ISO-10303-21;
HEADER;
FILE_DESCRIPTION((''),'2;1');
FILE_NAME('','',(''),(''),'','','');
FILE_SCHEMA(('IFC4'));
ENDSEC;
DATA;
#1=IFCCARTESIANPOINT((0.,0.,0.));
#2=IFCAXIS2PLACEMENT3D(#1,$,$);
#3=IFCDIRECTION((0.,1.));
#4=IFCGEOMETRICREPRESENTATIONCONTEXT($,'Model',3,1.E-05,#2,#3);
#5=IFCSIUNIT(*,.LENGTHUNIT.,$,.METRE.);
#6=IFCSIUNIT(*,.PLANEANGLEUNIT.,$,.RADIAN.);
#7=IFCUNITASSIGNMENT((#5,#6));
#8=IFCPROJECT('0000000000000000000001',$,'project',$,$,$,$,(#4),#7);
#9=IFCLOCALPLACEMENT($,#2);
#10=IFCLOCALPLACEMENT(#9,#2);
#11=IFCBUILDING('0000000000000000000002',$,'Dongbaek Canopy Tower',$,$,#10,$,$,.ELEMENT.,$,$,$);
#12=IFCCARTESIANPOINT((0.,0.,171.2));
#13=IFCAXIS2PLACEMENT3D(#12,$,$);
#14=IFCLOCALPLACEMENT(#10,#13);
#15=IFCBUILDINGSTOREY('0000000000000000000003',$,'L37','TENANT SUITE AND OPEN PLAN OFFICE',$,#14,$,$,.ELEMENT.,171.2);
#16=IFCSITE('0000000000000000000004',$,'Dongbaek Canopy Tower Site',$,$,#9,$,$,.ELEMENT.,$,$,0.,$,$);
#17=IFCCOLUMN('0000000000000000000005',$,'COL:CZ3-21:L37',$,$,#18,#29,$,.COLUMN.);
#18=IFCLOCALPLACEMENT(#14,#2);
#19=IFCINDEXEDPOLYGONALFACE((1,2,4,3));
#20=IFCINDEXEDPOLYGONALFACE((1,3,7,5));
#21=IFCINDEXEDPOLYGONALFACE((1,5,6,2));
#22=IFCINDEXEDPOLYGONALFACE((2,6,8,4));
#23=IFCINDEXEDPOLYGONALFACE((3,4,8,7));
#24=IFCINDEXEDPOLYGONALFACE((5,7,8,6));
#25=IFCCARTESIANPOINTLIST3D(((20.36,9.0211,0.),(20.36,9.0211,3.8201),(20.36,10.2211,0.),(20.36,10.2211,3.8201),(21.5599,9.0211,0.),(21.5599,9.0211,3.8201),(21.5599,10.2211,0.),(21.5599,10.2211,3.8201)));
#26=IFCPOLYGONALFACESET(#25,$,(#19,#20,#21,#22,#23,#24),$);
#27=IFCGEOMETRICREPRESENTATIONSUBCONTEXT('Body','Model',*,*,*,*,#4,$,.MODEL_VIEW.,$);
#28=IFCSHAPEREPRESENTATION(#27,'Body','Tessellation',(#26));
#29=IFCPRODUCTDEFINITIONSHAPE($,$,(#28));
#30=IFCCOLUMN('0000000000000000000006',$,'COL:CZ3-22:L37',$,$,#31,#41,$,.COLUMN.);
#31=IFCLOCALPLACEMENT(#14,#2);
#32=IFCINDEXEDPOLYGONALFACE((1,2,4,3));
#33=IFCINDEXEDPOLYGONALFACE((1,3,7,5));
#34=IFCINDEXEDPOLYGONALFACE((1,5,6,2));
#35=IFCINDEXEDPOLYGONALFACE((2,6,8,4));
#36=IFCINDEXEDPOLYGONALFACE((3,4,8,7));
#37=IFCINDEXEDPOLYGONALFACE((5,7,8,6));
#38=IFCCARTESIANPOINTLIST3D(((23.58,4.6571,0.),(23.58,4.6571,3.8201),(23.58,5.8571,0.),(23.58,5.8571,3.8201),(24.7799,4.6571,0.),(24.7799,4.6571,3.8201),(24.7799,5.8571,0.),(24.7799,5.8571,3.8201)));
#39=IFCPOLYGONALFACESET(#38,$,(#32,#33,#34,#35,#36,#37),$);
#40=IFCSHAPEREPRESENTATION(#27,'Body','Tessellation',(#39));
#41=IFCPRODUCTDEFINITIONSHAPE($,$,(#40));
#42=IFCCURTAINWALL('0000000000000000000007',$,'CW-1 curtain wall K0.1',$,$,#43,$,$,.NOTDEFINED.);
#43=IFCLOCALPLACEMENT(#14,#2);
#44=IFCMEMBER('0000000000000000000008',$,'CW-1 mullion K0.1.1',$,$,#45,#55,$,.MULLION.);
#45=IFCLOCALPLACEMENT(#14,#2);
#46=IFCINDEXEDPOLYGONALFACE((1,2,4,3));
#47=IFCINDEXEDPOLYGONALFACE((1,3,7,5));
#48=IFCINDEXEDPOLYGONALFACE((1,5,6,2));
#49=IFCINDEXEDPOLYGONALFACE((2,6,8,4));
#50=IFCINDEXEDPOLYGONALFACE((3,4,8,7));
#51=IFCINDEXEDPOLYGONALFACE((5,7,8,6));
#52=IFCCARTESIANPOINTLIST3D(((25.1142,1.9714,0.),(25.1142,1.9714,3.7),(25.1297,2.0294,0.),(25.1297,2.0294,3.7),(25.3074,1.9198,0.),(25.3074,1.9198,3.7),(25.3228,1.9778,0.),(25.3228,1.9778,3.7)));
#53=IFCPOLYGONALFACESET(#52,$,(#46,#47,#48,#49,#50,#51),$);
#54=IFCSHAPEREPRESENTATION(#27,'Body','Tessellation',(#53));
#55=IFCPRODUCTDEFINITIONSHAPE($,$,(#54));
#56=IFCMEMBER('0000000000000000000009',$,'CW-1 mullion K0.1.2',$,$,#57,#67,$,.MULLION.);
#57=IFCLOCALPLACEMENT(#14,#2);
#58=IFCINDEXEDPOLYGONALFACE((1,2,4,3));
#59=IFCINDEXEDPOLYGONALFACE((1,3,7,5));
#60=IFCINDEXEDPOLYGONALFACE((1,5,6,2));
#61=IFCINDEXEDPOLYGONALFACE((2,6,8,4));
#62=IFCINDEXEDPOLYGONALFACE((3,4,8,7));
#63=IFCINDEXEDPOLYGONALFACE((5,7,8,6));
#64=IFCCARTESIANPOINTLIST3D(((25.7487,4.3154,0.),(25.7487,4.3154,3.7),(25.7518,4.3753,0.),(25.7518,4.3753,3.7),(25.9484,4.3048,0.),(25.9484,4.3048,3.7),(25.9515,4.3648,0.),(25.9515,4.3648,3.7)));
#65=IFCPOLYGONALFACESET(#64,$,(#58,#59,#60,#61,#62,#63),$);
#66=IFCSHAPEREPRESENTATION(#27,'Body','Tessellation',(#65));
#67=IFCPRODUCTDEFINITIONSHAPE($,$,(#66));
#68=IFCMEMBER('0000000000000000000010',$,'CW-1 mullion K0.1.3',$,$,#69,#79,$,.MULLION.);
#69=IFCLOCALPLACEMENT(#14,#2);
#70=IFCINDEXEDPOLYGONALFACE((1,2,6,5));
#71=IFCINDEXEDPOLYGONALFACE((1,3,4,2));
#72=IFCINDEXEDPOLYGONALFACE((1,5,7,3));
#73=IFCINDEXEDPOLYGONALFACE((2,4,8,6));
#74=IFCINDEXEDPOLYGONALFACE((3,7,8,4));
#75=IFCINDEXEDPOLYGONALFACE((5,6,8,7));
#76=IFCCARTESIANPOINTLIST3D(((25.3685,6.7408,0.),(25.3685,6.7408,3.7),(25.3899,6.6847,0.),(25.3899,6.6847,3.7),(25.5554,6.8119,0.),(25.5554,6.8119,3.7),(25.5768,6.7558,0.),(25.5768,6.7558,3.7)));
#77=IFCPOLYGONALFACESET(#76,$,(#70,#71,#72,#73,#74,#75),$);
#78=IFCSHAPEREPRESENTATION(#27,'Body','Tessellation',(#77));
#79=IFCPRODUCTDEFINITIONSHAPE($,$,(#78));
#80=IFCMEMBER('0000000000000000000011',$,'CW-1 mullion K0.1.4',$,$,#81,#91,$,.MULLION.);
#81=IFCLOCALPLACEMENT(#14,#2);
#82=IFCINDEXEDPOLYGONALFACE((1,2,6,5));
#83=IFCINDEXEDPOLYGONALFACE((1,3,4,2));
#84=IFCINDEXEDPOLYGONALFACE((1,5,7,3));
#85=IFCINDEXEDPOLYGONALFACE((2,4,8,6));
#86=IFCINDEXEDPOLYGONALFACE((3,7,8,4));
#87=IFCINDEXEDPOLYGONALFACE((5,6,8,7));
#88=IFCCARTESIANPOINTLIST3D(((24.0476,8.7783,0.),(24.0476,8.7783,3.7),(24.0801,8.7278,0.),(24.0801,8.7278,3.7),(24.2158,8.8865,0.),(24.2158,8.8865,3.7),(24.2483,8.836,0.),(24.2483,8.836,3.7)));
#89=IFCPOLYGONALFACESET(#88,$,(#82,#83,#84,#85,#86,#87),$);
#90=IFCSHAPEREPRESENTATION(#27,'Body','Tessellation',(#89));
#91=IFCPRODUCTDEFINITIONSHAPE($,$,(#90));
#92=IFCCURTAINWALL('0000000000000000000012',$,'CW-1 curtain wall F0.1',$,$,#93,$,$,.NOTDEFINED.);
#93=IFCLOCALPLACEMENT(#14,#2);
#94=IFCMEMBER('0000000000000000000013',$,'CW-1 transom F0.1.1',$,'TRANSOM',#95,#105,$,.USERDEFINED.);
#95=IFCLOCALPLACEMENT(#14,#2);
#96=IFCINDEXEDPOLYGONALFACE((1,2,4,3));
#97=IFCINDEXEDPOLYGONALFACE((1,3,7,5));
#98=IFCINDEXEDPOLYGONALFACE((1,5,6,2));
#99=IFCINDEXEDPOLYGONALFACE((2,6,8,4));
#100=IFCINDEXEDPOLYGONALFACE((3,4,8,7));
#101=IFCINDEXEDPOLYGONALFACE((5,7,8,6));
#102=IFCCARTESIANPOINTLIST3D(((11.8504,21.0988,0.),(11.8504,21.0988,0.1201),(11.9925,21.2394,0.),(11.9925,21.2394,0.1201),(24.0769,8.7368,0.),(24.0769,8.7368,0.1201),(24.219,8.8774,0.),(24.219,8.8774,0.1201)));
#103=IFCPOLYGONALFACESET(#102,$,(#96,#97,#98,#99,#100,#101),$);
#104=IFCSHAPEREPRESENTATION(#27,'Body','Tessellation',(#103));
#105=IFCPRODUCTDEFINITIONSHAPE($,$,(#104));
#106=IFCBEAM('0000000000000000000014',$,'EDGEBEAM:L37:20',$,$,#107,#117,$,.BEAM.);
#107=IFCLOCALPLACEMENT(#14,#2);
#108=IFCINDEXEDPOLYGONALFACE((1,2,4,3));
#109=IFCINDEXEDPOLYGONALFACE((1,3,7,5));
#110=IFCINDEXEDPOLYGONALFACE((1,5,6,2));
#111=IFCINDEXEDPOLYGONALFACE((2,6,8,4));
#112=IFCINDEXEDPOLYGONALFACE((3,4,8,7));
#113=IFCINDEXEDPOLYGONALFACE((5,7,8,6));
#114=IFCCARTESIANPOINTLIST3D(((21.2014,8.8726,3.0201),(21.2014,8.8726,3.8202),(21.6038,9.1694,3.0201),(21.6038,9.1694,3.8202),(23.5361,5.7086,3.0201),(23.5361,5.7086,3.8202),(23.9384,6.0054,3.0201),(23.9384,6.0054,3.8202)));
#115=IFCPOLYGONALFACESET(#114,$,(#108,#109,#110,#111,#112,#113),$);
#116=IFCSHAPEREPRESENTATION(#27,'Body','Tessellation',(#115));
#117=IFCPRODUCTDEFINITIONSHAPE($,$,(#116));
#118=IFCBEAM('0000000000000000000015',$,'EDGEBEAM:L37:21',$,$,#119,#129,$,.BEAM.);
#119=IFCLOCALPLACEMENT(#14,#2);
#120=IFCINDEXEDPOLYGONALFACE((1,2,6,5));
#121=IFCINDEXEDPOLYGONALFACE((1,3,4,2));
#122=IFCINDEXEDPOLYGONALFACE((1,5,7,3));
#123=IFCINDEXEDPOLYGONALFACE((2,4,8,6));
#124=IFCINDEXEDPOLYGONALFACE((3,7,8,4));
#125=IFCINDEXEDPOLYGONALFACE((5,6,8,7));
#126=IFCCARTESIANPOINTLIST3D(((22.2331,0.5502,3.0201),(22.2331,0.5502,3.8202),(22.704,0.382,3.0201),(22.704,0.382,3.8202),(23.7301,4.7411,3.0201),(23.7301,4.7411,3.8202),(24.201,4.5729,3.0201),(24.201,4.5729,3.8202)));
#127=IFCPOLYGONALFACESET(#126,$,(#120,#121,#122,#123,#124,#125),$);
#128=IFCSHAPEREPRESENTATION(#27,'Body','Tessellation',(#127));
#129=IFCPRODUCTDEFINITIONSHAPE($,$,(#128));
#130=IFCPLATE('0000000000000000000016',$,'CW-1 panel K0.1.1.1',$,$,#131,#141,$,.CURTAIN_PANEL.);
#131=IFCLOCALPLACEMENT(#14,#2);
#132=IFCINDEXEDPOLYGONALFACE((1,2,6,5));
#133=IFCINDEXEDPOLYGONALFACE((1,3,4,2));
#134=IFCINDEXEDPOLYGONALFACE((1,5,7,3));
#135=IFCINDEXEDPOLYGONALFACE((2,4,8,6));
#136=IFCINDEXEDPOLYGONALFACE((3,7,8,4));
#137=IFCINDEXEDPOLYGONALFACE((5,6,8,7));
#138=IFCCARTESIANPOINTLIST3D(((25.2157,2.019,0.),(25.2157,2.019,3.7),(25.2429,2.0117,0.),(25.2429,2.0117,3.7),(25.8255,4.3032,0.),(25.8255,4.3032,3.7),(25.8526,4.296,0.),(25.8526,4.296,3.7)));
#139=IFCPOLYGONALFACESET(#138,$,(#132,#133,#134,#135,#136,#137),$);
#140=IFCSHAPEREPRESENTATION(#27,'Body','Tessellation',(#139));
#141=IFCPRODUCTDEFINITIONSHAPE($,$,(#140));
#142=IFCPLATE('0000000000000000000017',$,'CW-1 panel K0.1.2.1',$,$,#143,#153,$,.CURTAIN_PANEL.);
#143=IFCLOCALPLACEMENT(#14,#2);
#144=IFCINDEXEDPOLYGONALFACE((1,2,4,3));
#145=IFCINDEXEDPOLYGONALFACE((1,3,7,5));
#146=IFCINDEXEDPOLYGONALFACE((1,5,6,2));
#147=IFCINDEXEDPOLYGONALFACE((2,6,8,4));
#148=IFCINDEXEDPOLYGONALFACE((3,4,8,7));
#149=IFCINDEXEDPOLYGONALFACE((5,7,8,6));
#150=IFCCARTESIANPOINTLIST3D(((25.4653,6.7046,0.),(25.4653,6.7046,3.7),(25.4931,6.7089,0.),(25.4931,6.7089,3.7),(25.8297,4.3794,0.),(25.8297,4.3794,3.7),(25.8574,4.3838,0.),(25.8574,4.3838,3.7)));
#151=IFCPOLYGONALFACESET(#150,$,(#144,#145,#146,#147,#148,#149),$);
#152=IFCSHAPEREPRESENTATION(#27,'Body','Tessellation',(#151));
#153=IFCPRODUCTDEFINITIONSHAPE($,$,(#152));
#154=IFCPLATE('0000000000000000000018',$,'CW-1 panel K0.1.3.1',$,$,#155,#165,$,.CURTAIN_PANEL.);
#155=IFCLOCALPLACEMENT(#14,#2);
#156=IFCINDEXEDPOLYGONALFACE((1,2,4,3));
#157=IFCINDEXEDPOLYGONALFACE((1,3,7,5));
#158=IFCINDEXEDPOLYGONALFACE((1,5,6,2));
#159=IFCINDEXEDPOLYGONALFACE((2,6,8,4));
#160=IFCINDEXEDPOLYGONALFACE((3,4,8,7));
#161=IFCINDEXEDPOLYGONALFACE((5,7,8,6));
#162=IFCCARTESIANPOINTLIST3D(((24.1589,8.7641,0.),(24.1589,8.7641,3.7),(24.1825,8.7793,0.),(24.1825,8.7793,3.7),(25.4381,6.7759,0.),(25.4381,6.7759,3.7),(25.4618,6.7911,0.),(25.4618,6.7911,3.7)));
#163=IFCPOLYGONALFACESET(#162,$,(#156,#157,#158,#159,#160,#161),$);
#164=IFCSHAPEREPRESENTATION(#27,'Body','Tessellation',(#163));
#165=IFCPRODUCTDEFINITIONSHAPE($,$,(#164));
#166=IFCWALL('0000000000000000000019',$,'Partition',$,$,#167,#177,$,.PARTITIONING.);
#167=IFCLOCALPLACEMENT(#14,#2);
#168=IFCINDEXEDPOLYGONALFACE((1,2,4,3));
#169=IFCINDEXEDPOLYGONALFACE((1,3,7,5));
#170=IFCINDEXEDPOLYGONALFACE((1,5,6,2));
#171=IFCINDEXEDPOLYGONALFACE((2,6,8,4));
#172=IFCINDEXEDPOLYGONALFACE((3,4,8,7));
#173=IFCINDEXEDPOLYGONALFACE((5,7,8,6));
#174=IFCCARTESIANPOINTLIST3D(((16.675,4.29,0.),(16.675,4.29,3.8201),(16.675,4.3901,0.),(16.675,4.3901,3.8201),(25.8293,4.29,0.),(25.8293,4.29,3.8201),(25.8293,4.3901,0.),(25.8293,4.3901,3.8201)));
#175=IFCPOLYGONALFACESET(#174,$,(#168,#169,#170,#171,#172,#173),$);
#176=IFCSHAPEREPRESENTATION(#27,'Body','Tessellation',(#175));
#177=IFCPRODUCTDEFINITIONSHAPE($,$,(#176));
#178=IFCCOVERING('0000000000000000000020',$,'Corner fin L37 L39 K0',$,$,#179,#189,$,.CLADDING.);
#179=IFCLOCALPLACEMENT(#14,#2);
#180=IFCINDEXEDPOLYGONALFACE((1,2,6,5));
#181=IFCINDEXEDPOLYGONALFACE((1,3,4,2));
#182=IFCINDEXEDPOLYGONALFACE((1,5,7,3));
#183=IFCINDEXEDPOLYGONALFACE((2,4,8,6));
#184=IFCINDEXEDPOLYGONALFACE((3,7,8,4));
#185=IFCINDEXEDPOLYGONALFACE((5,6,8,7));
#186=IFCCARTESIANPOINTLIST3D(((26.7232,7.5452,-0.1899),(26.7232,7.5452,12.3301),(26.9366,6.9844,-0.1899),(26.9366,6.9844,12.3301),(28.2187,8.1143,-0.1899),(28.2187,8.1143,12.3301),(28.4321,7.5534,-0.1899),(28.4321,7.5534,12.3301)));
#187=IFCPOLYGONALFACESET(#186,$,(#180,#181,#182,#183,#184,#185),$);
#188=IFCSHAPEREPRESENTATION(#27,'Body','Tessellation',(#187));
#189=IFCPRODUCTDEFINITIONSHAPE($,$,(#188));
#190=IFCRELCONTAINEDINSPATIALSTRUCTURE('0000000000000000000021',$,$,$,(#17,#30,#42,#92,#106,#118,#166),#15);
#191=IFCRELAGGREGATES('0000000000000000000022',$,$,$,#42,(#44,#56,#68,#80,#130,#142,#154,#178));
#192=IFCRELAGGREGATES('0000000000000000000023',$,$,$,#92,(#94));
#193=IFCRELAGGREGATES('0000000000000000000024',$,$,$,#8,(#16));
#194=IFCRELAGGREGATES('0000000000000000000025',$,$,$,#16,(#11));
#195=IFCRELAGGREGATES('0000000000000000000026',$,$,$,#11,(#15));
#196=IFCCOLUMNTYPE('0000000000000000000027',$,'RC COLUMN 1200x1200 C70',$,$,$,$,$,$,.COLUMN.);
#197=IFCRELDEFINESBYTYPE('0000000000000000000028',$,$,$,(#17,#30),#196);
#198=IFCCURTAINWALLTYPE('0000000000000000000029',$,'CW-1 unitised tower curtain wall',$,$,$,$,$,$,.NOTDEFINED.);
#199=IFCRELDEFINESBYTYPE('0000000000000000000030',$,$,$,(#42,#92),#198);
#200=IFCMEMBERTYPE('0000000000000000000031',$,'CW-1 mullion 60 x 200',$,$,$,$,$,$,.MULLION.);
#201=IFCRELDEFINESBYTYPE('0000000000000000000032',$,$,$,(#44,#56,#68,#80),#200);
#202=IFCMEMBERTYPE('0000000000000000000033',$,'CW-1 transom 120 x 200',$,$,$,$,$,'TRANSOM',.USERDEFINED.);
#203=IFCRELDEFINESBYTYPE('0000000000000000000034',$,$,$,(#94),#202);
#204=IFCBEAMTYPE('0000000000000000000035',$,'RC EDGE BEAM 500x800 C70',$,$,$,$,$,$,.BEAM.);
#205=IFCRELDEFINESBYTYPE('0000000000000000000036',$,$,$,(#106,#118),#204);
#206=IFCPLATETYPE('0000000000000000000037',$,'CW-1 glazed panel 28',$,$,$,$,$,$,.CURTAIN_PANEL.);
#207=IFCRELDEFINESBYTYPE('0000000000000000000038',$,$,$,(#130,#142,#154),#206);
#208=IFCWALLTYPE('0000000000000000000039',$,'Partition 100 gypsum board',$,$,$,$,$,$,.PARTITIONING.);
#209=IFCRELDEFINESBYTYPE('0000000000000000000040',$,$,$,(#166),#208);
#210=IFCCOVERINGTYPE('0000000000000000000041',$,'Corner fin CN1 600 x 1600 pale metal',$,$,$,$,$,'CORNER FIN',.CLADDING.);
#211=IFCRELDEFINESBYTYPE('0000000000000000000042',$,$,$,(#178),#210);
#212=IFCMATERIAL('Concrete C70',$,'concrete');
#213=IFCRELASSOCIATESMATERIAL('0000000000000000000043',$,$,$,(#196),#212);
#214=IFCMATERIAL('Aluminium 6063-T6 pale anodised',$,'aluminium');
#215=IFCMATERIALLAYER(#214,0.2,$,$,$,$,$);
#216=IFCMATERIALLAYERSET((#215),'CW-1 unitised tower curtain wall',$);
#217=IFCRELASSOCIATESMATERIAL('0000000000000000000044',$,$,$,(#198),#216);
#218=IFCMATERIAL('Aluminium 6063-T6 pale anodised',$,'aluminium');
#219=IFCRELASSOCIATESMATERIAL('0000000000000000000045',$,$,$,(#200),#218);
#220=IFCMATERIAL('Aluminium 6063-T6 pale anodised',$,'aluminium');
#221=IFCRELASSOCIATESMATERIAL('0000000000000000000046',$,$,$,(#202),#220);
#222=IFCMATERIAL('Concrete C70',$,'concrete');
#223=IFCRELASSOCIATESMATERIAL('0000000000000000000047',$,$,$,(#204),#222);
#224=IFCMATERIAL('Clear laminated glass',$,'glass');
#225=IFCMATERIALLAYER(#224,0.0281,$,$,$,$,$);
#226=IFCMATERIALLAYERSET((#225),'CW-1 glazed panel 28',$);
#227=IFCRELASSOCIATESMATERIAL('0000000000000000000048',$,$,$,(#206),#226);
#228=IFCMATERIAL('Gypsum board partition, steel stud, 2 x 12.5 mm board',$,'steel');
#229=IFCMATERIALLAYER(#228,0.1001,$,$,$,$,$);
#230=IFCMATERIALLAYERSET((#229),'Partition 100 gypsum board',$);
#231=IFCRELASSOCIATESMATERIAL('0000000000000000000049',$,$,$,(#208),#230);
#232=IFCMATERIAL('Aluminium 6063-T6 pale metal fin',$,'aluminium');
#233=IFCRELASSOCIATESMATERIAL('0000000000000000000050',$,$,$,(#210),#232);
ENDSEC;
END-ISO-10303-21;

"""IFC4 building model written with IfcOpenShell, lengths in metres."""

from ifc_helpers import new_model, si_unit, direction, frame, frame_2d, origin, origin_2d, place, context, subcontext, project, spatial, rectangle, extrude, material, layer, layer_set, material_profile, profile_set, type_object, element, aggregate, save


model = new_model("IFC4")

# Units and contexts
model_context = context("Model", 3, precision=1e-05, world=origin(), true_north=direction((0.0, 1.0)))
body_context = subcontext(model_context, "Body", "Model", "MODEL_VIEW")
ifc_project = project(units=[si_unit("LENGTHUNIT", "METRE"), si_unit("PLANEANGLEUNIT", "RADIAN")], contexts=[model_context])

# Site, building, storey
site_placement = place(None, origin())
site = spatial("IfcSite", under=ifc_project, at=site_placement, Name="Dongbaek Canopy Tower Site", CompositionType="ELEMENT", RefElevation=0.0)
building_placement = place(site_placement, origin())
building = spatial("IfcBuilding", under=site, at=building_placement, Name="Dongbaek Canopy Tower", CompositionType="ELEMENT")
storey_placement = place(building_placement, frame((0.0, 0.0, 171.2)))
storey = spatial("IfcBuildingStorey", under=building, at=storey_placement, Name="L37", Description="TENANT SUITE AND OPEN PLAN OFFICE", CompositionType="ELEMENT", Elevation=171.2)

# Columns
ifc_material_1 = material(Name="Concrete C70", Category="concrete")
ifc_material_profile_1 = material_profile(ifc_material_1, rectangle(XDim=1.2, YDim=1.2, at=origin_2d()), Name="RC COLUMN 1200x1200 C70")
ifc_profile_set_1 = profile_set([ifc_material_profile_1], Name="Concrete C70")
column_type = type_object("IfcColumnType", Name="RC COLUMN 1200x1200 C70", PredefinedType="COLUMN", material=ifc_profile_set_1)
for number, where, z_axis, x_axis, name in (
    (1, (20.96, 9.6211, 0.0), (0.0, 0.0, 1.0), (1.0, 0.0, 0.0), "COL:CZ3-21:L37"),
    (2, (24.1799, 5.2571, 0.0), (0.0, 0.0, 1.0), (1.0, 0.0, 0.0), "COL:CZ3-22:L37"),
):
    element("IfcColumn", number, at=place(storey_placement, frame(where, z_axis=z_axis, x_axis=x_axis)), inside=storey, type_object=column_type, Name=name, PredefinedType="COLUMN", context=body_context, shape_type="SweptSolid", body=[
        extrude(rectangle(XDim=1.2, YDim=1.2, at=origin_2d()), origin(), (0.0, 0.0, 1.0), 3.8201),
    ])

# Curtain wall, members
ifc_material_2 = material(Name="Aluminium 6063-T6 pale anodised", Category="aluminium")
ifc_layer_1 = layer(ifc_material_2, 0.2)
ifc_layer_set_1 = layer_set([ifc_layer_1], Name="CW-1 unitised tower curtain wall")
curtain_wall_type = type_object("IfcCurtainWallType", Name="CW-1 unitised tower curtain wall", PredefinedType="NOTDEFINED", material=ifc_layer_set_1)
curtain_wall_1_placement = place(storey_placement, origin())
curtain_wall_1 = element("IfcCurtainWall", 3, at=curtain_wall_1_placement, inside=storey, type_object=curtain_wall_type, Name="CW-1 curtain wall K0.1", PredefinedType="NOTDEFINED")
ifc_material_3 = material(Name="Aluminium 6063-T6 pale anodised", Category="aluminium")
ifc_material_profile_2 = material_profile(ifc_material_3, rectangle(XDim=0.2, YDim=0.0601, at=origin_2d()), Name="CW-1 mullion 60 x 200")
ifc_profile_set_2 = profile_set([ifc_material_profile_2], Name="Aluminium 6063-T6 pale anodised")
member_type_1 = type_object("IfcMemberType", Name="CW-1 mullion 60 x 200", PredefinedType="MULLION", material=ifc_profile_set_2)
member_1_placement = place(storey_placement, frame((25.2185, 1.9746, 0.0), z_axis=(0.0, 0.0, 1.0), x_axis=(0.966167, -0.257917, 0.0)))
member_1 = element("IfcMember", 4, at=member_1_placement, type_object=member_type_1, Name="CW-1 mullion K0.1.1", PredefinedType="MULLION", context=body_context, shape_type="SweptSolid", body=[
    extrude(rectangle(XDim=0.2, YDim=0.0601, at=origin_2d()), origin(), (0.0, 0.0, 1.0), 3.7),
])
member_2_placement = place(storey_placement, frame((25.8501, 4.3401, 0.0), z_axis=(0.0, 0.0, 1.0), x_axis=(0.998611, -0.05269, 0.0)))
member_2 = element("IfcMember", 5, at=member_2_placement, type_object=member_type_1, Name="CW-1 mullion K0.1.2", PredefinedType="MULLION", context=body_context, shape_type="SweptSolid", body=[
    extrude(rectangle(XDim=0.2, YDim=0.0601, at=origin_2d()), origin(), (0.0, 0.0, 1.0), 3.7),
])
member_3_placement = place(storey_placement, frame((25.4727, 6.7483, 0.0), z_axis=(0.0, 0.0, 1.0), x_axis=(0.934627, 0.355629, 0.0)))
member_3 = element("IfcMember", 6, at=member_3_placement, type_object=member_type_1, Name="CW-1 mullion K0.1.3", PredefinedType="MULLION", context=body_context, shape_type="SweptSolid", body=[
    extrude(rectangle(XDim=0.2, YDim=0.0601, at=origin_2d()), origin(), (0.0, 0.0, 1.0), 3.7),
])
member_4_placement = place(storey_placement, frame((24.1479, 8.8071, 0.0), z_axis=(0.0, 0.0, 1.0), x_axis=(0.840962, 0.541095, 0.0)))
member_4 = element("IfcMember", 7, at=member_4_placement, type_object=member_type_1, Name="CW-1 mullion K0.1.4", PredefinedType="MULLION", context=body_context, shape_type="SweptSolid", body=[
    extrude(rectangle(XDim=0.2, YDim=0.0601, at=origin_2d()), origin(), (0.0, 0.0, 1.0), 3.7),
])

# Curtain wall, member
curtain_wall_2_placement = place(storey_placement, origin())
curtain_wall_2 = element("IfcCurtainWall", 8, at=curtain_wall_2_placement, inside=storey, type_object=curtain_wall_type, Name="CW-1 curtain wall F0.1", PredefinedType="NOTDEFINED")
ifc_material_4 = material(Name="Aluminium 6063-T6 pale anodised", Category="aluminium")
ifc_material_profile_3 = material_profile(ifc_material_4, rectangle(XDim=0.2, YDim=0.1201, at=origin_2d()), Name="CW-1 transom 120 x 200")
ifc_profile_set_3 = profile_set([ifc_material_profile_3], Name="Aluminium 6063-T6 pale anodised")
member_type_2 = type_object("IfcMemberType", Name="CW-1 transom 120 x 200", ElementType="TRANSOM", PredefinedType="USERDEFINED", material=ifc_profile_set_3)
member_5_placement = place(storey_placement, frame((24.1479, 8.8071, 0.0601), z_axis=(-0.7032, 0.710993, 0.0), x_axis=(-0.710993, -0.7032, 0.0)))
member_5 = element("IfcMember", 9, at=member_5_placement, type_object=member_type_2, Name="CW-1 transom F0.1.1", ObjectType="TRANSOM", PredefinedType="USERDEFINED", context=body_context, shape_type="SweptSolid", body=[
    extrude(rectangle(XDim=0.2, YDim=0.1201, at=origin_2d()), origin(), (0.0, 0.0, 1.0), 17.387),
])

# Beams
ifc_material_5 = material(Name="Concrete C70", Category="concrete")
ifc_material_profile_4 = material_profile(ifc_material_5, rectangle(XDim=0.5, YDim=0.8, at=origin_2d()), Name="RC EDGE BEAM 500x800 C70")
ifc_profile_set_4 = profile_set([ifc_material_profile_4], Name="Concrete C70")
beam_type = type_object("IfcBeamType", Name="RC EDGE BEAM 500x800 C70", PredefinedType="BEAM", material=ifc_profile_set_4)
beam_1_placement = place(storey_placement, frame((21.4026, 9.021, 3.4202), z_axis=(0.593743, -0.804655, 0.0), x_axis=(0.804655, 0.593743, 0.0)))
element("IfcBeam", 10, at=beam_1_placement, inside=storey, type_object=beam_type, Name="EDGEBEAM:L37:20", PredefinedType="BEAM", context=body_context, shape_type="SweptSolid", body=[
    extrude(rectangle(XDim=0.5, YDim=0.8, at=origin_2d()), origin(), (0.0, 0.0, 1.0), 3.9321),
])
beam_2_placement = place(storey_placement, frame((23.9656, 4.657, 3.4202), z_axis=(-0.336399, -0.94172, 0.0), x_axis=(0.94172, -0.336399, 0.0)))
element("IfcBeam", 11, at=beam_2_placement, inside=storey, type_object=beam_type, Name="EDGEBEAM:L37:21", PredefinedType="BEAM", context=body_context, shape_type="SweptSolid", body=[
    extrude(rectangle(XDim=0.5, YDim=0.8, at=origin_2d()), origin(), (0.0, 0.0, 1.0), 4.4502),
])

# Plates
ifc_material_6 = material(Name="Clear laminated glass", Category="glass")
ifc_layer_2 = layer(ifc_material_6, 0.0281)
ifc_layer_set_2 = layer_set([ifc_layer_2], Name="CW-1 glazed panel 28")
plate_type = type_object("IfcPlateType", Name="CW-1 glazed panel 28", PredefinedType="CURTAIN_PANEL", material=ifc_layer_set_2)
plate_1_placement = place(storey_placement, frame((25.5342, 3.1575, 0.0), z_axis=(0.0, 0.0, 1.0), x_axis=(0.257917, 0.966167, 0.0)))
plate_1 = element("IfcPlate", 12, at=plate_1_placement, type_object=plate_type, Name="CW-1 panel K0.1.1.1", PredefinedType="CURTAIN_PANEL", context=body_context, shape_type="SweptSolid", body=[
    extrude(rectangle(XDim=2.3643, YDim=0.0281, at=origin_2d()), origin(), (0.0, 0.0, 1.0), 3.7),
])
plate_2_placement = place(storey_placement, frame((25.6614, 5.5442, 0.0), z_axis=(0.0, 0.0, 1.0), x_axis=(-0.154811, 0.987944, 0.0)))
plate_2 = element("IfcPlate", 13, at=plate_2_placement, type_object=plate_type, Name="CW-1 panel K0.1.2.1", PredefinedType="CURTAIN_PANEL", context=body_context, shape_type="SweptSolid", body=[
    extrude(rectangle(XDim=2.3535, YDim=0.0281, at=origin_2d()), origin(), (0.0, 0.0, 1.0), 3.7),
])
plate_3_placement = place(storey_placement, frame((24.8103, 7.7776, 0.0), z_axis=(0.0, 0.0, 1.0), x_axis=(-0.541095, 0.840962, 0.0)))
plate_3 = element("IfcPlate", 14, at=plate_3_placement, type_object=plate_type, Name="CW-1 panel K0.1.3.1", PredefinedType="CURTAIN_PANEL", context=body_context, shape_type="SweptSolid", body=[
    extrude(rectangle(XDim=2.3643, YDim=0.0281, at=origin_2d()), origin(), (0.0, 0.0, 1.0), 3.7),
])

# Wall
ifc_material_7 = material(Name="Gypsum board partition, steel stud, 2 x 12.5 mm board", Category="steel")
ifc_layer_3 = layer(ifc_material_7, 0.1001)
ifc_layer_set_3 = layer_set([ifc_layer_3], Name="Partition 100 gypsum board")
wall_type = type_object("IfcWallType", Name="Partition 100 gypsum board", PredefinedType="PARTITIONING", material=ifc_layer_set_3)
wall_placement = place(storey_placement, frame((16.675, 4.3401, 0.0), z_axis=(0.0, 0.0, 1.0), x_axis=(1.0, 0.0, 0.0)))
element("IfcWall", 15, at=wall_placement, inside=storey, type_object=wall_type, Name="Partition", PredefinedType="PARTITIONING", context=body_context, shape_type="SweptSolid", body=[
    extrude(rectangle(XDim=9.1543, YDim=0.1001, at=frame_2d((4.5771, 0.0))), origin(), (0.0, 0.0, 1.0), 3.8201),
])

# Covering
ifc_material_8 = material(Name="Aluminium 6063-T6 pale metal fin", Category="aluminium")
ifc_material_profile_5 = material_profile(ifc_material_8, rectangle(XDim=1.6001, YDim=0.6001, at=origin_2d()), Name="Corner fin CN1 600 x 1600 pale metal")
ifc_profile_set_5 = profile_set([ifc_material_profile_5], Name="Aluminium 6063-T6 pale metal fin")
covering_type_1 = type_object("IfcCoveringType", Name="Corner fin CN1 600 x 1600 pale metal", ElementType="CORNER FIN", PredefinedType="CLADDING", material=ifc_profile_set_5)
covering_1_placement = place(storey_placement, frame((27.5776, 7.5493, -0.1899), z_axis=(0.0, 0.0, 1.0), x_axis=(0.934627, 0.355629, 0.0)))
covering_1 = element("IfcCovering", 16, at=covering_1_placement, type_object=covering_type_1, Name="Corner fin L37 L39 K0", PredefinedType="CLADDING", context=body_context, shape_type="SweptSolid", body=[
    extrude(rectangle(XDim=1.6001, YDim=0.6001, at=origin_2d()), origin(), (0.0, 0.0, 1.0), 12.52),
])
aggregate(curtain_wall_1, [member_1, member_2, member_3, member_4, plate_1, plate_2, plate_3, covering_1])
aggregate(curtain_wall_2, [member_5])

save(model, "model.ifc")
